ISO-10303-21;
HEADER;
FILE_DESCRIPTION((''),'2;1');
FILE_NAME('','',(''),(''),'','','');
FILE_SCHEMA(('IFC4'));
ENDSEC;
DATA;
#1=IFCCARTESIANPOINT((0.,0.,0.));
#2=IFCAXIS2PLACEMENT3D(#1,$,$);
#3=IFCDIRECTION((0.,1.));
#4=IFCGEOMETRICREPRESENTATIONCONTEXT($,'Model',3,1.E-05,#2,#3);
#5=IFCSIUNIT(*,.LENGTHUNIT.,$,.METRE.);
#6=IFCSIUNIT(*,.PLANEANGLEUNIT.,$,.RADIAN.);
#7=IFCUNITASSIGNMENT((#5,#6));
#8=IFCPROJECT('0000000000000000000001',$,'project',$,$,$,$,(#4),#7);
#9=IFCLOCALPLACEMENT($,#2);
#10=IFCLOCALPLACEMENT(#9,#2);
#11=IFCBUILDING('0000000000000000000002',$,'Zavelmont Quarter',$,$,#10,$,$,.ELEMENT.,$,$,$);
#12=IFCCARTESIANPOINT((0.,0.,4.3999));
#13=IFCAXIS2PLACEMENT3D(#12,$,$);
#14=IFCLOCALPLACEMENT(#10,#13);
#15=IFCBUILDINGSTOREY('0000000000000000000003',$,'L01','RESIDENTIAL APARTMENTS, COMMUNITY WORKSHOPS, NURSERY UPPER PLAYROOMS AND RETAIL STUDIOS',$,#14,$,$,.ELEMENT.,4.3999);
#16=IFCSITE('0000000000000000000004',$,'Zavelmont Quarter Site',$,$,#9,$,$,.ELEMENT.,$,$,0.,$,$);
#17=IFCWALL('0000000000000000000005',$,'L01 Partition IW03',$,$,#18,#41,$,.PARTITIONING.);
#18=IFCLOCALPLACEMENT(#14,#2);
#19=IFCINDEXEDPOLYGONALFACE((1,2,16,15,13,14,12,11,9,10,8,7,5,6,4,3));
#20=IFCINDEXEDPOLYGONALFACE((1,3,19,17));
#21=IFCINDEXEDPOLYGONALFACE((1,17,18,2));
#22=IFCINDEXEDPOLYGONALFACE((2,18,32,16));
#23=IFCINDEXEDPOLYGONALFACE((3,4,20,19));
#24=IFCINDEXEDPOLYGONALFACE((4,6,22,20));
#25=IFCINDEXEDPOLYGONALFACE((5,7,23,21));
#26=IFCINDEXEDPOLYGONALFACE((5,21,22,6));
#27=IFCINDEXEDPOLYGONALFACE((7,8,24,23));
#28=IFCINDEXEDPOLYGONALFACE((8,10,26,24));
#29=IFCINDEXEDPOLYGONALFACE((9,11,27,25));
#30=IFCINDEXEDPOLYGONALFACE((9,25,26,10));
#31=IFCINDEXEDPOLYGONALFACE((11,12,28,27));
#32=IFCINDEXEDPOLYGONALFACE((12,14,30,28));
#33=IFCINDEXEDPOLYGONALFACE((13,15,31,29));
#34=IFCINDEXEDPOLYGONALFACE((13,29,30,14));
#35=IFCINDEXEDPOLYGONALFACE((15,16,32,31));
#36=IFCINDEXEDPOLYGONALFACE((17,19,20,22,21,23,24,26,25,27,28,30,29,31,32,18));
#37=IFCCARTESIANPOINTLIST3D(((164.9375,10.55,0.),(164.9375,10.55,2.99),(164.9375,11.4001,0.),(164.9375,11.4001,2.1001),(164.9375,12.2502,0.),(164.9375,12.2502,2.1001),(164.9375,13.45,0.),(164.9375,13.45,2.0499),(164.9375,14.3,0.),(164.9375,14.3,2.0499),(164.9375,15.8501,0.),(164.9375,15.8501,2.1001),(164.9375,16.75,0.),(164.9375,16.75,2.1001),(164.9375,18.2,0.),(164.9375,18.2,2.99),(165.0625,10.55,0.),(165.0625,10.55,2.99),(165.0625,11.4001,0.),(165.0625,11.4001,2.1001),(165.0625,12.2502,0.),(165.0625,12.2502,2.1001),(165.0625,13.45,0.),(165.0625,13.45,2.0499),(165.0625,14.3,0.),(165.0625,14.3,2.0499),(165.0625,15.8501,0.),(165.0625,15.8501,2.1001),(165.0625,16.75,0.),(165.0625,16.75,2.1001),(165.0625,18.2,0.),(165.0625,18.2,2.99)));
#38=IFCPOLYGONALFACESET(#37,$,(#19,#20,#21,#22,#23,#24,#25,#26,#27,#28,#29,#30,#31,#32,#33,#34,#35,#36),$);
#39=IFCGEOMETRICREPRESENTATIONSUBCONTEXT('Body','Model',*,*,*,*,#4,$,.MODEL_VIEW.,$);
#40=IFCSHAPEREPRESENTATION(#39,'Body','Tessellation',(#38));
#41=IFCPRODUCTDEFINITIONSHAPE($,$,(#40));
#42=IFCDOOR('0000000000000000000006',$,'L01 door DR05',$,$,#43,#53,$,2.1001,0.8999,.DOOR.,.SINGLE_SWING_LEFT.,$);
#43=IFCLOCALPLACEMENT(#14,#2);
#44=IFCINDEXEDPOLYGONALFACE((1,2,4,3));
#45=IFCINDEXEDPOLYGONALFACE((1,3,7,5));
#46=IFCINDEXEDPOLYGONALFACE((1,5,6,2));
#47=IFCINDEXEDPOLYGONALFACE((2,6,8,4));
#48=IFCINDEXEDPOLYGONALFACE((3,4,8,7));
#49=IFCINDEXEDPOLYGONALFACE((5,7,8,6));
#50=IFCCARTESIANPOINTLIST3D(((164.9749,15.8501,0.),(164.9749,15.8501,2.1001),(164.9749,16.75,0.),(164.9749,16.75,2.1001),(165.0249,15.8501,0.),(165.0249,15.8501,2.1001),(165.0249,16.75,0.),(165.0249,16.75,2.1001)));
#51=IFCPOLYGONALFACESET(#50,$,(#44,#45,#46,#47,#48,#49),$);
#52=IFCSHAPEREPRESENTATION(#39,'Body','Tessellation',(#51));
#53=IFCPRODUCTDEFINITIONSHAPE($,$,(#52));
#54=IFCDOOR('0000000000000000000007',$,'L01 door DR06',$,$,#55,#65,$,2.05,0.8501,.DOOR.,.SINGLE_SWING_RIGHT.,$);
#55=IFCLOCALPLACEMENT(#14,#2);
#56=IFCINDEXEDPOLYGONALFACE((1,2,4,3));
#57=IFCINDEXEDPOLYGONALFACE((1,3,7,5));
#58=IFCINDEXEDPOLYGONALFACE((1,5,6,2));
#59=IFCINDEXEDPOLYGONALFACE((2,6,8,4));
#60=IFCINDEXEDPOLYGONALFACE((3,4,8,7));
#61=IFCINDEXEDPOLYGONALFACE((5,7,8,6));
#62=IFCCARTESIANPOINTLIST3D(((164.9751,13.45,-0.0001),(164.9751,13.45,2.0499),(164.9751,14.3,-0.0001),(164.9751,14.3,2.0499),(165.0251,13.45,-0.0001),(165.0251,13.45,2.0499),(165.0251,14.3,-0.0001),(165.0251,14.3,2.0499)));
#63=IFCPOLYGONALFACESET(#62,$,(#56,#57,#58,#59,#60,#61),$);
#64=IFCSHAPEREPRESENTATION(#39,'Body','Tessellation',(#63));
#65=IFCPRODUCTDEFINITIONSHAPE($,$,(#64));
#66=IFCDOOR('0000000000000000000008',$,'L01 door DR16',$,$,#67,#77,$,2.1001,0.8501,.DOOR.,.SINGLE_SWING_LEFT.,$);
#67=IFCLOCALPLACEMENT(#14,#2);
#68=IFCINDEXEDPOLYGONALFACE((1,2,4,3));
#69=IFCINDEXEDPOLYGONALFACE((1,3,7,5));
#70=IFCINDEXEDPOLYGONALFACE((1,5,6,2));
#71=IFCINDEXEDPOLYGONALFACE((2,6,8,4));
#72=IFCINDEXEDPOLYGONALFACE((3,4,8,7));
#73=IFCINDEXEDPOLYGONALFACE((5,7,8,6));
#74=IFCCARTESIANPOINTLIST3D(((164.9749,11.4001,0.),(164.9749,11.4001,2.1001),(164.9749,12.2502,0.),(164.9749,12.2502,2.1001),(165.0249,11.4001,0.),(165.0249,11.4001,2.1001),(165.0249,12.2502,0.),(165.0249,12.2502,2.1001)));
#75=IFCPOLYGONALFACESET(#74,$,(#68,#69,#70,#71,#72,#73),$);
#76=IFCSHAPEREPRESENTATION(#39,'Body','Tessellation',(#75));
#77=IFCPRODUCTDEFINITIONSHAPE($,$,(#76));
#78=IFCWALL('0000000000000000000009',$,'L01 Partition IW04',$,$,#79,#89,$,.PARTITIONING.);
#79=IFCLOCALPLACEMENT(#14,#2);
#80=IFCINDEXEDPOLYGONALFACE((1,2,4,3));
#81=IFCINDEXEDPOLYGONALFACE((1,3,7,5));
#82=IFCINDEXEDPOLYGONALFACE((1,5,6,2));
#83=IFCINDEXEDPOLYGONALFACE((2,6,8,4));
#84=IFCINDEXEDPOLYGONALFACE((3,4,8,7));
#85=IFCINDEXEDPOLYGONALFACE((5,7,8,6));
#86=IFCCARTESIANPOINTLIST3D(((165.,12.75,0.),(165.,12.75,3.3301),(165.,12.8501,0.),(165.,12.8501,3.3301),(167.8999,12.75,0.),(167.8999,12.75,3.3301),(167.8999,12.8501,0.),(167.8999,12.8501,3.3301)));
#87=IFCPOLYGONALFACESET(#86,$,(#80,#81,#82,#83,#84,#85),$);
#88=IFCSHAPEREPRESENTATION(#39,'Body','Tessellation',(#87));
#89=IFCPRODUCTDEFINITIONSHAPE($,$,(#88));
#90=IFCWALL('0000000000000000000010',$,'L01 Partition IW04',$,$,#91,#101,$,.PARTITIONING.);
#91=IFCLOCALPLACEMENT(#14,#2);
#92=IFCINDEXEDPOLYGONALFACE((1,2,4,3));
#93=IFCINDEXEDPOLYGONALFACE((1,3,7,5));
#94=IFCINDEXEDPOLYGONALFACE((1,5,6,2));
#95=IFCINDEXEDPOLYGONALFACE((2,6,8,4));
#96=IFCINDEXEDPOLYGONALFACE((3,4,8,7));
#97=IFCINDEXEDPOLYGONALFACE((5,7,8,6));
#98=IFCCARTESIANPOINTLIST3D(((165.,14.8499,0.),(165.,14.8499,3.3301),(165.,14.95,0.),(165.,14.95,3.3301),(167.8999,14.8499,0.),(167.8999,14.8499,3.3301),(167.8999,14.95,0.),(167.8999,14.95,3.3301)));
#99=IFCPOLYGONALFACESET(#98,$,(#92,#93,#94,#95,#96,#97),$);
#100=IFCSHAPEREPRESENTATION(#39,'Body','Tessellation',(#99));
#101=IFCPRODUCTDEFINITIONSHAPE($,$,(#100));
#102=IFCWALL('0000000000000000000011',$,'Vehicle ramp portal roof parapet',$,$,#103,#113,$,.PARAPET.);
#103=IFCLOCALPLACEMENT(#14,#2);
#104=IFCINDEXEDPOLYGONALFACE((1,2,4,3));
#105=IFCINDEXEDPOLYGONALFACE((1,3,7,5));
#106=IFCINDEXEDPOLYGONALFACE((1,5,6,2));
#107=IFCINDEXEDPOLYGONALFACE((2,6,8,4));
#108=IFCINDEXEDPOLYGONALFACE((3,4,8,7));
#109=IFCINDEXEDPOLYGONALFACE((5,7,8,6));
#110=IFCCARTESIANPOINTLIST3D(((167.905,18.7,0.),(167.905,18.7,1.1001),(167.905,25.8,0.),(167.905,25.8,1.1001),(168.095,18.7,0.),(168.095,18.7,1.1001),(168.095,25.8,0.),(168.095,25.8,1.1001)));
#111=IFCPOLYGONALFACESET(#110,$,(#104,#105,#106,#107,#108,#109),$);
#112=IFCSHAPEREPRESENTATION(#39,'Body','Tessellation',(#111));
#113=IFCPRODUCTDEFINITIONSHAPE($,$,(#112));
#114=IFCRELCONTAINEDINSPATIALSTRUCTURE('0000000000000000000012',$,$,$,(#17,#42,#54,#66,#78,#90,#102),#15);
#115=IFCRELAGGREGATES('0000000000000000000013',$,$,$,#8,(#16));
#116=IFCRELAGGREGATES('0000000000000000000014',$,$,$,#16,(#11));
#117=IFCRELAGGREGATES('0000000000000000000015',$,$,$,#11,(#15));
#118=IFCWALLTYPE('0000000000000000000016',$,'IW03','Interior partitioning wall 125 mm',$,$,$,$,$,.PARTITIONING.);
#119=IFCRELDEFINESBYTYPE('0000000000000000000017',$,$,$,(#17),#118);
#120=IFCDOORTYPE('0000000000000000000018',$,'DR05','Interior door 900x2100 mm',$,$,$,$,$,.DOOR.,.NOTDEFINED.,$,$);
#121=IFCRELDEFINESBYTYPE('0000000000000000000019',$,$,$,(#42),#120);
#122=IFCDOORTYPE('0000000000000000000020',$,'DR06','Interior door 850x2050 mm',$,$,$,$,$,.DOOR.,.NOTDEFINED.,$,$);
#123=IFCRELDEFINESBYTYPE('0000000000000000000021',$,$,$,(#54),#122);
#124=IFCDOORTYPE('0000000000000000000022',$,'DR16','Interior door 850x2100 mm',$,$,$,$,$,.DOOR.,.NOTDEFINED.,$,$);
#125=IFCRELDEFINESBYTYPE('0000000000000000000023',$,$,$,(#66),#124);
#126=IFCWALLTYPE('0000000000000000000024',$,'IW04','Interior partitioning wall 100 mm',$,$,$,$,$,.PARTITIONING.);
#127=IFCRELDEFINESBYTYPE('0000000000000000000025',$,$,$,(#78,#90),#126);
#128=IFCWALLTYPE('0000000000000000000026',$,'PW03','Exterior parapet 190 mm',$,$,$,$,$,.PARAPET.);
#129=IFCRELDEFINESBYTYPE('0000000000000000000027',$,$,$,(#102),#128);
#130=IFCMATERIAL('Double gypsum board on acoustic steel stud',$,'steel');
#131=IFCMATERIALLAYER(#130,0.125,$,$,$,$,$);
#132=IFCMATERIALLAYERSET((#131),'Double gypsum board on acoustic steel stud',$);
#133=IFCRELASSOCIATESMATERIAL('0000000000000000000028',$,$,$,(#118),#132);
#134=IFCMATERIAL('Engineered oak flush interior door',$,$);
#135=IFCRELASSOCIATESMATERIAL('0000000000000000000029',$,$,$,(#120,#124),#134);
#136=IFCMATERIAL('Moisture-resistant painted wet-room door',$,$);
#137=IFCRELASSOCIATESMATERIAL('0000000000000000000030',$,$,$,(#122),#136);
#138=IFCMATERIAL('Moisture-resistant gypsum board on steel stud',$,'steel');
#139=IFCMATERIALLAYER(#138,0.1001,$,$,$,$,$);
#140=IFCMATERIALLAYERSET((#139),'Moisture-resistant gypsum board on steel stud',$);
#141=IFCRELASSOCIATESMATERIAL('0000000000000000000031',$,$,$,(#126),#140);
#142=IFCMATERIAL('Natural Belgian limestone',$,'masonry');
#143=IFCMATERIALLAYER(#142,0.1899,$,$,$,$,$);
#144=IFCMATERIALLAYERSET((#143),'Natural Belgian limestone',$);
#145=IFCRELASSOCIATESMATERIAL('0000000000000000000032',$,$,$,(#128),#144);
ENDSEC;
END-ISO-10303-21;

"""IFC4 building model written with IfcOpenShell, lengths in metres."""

from ifc_helpers import new_model, si_unit, direction, frame, frame_2d, origin, origin_with_axes, place, context, subcontext, project, spatial, rectangle, extrude, material, layer, layer_set, type_object, element, fill, save


model = new_model("IFC4")

# Units and contexts
model_context = context("Model", 3, precision=1e-05, world=origin(), true_north=direction((0.0, 1.0)))
body_context = subcontext(model_context, "Body", "Model", "MODEL_VIEW")
ifc_project = project(units=[si_unit("LENGTHUNIT", "METRE"), si_unit("PLANEANGLEUNIT", "RADIAN")], contexts=[model_context])

# Site, building, storey
site_placement = place(None, origin())
site = spatial("IfcSite", under=ifc_project, at=site_placement, Name="Zavelmont Quarter Site", CompositionType="ELEMENT", RefElevation=0.0)
building_placement = place(site_placement, origin())
building = spatial("IfcBuilding", under=site, at=building_placement, Name="Zavelmont Quarter", CompositionType="ELEMENT")
storey_placement = place(building_placement, frame((0.0, 0.0, 4.3999)))
storey = spatial("IfcBuildingStorey", under=building, at=storey_placement, Name="L01", Description="RESIDENTIAL APARTMENTS, COMMUNITY WORKSHOPS, NURSERY UPPER PLAYROOMS AND RETAIL STUDIOS", CompositionType="ELEMENT", Elevation=4.3999)

# Wall, openings, doors
ifc_material_1 = material(Name="Double gypsum board on acoustic steel stud", Category="steel")
ifc_layer_1 = layer(ifc_material_1, 0.125)
ifc_layer_set_1 = layer_set([ifc_layer_1], Name="Double gypsum board on acoustic steel stud")
wall_type_1 = type_object("IfcWallType", Name="IW03", Description="Interior partitioning wall 125 mm", PredefinedType="PARTITIONING", material=ifc_layer_set_1)
wall_1_placement = place(storey_placement, frame((165.0, 10.55, 0.0), z_axis=(0.0, 0.0, 1.0), x_axis=(0.0, 1.0, 0.0)))
wall_1 = element("IfcWall", 1, at=wall_1_placement, inside=storey, type_object=wall_type_1, Name="L01 Partition IW03", PredefinedType="PARTITIONING", context=body_context, shape_type="SweptSolid", body=[
    extrude(rectangle(XDim=7.6499, YDim=0.125, at=frame_2d((3.825, 0.0))), origin(), (0.0, 0.0, 1.0), 2.99),
])
opening_1_placement = place(wall_1_placement, frame((0.8501, 0.0, 0.0)))
opening_1 = element("IfcOpeningElement", 2, at=opening_1_placement, cuts=wall_1, PredefinedType="OPENING", context=body_context, shape_type="SweptSolid", body=[
    extrude(rectangle(XDim=0.8501, YDim=2.1001, at=frame_2d((0.425, 1.05))), frame((0.0, 0.0745, 0.0), z_axis=(0.0, -1.0, 0.0), x_axis=(1.0, 0.0, 0.0)), (0.0, 0.0, 1.0), 0.1489),
])
opening_2_placement = place(wall_1_placement, frame((2.8999, 0.0, 0.0)))
opening_2 = element("IfcOpeningElement", 3, at=opening_2_placement, cuts=wall_1, PredefinedType="OPENING", context=body_context, shape_type="SweptSolid", body=[
    extrude(rectangle(XDim=0.8501, YDim=2.05, at=frame_2d((0.425, 1.0249))), frame((0.0, 0.0745, 0.0), z_axis=(0.0, -1.0, 0.0), x_axis=(1.0, 0.0, 0.0)), (0.0, 0.0, 1.0), 0.1489),
])
opening_3_placement = place(wall_1_placement, frame((5.3, 0.0, 0.0)))
opening_3 = element("IfcOpeningElement", 4, at=opening_3_placement, cuts=wall_1, PredefinedType="OPENING", context=body_context, shape_type="SweptSolid", body=[
    extrude(rectangle(XDim=0.8999, YDim=2.1001, at=frame_2d((0.45, 1.05))), frame((0.0, 0.0745, 0.0), z_axis=(0.0, -1.0, 0.0), x_axis=(1.0, 0.0, 0.0)), (0.0, 0.0, 1.0), 0.1489),
])
ifc_material_2 = material(Name="Engineered oak flush interior door")
door_type_1 = type_object("IfcDoorType", Name="DR05", Description="Interior door 900x2100 mm", OperationType="NOTDEFINED", PredefinedType="DOOR", material=ifc_material_2)
door_1_placement = place(opening_3_placement, frame((0.8999, 0.0, 0.0), z_axis=(0.0, 0.0, 1.0), x_axis=(-1.0, 0.0, 0.0)))
door_1 = element("IfcDoor", 5, at=door_1_placement, inside=storey, type_object=door_type_1, Name="L01 door DR05", OperationType="SINGLE_SWING_LEFT", OverallHeight=2.1001, OverallWidth=0.8999, PredefinedType="DOOR", context=body_context, shape_type="SweptSolid", body=[
    extrude(rectangle(XDim=0.8999, YDim=2.1001, at=frame_2d((0.45, 1.05))), frame((0.0, 0.0249, 0.0), z_axis=(0.0, -1.0, 0.0), x_axis=(1.0, 0.0, 0.0)), (0.0, 0.0, 1.0), 0.05),
])
fill(opening_3, door_1)
ifc_material_3 = material(Name="Moisture-resistant painted wet-room door")
door_type_2 = type_object("IfcDoorType", Name="DR06", Description="Interior door 850x2050 mm", OperationType="NOTDEFINED", PredefinedType="DOOR", material=ifc_material_3)
door_2_placement = place(opening_2_placement, origin_with_axes())
door_2 = element("IfcDoor", 6, at=door_2_placement, inside=storey, type_object=door_type_2, Name="L01 door DR06", OperationType="SINGLE_SWING_RIGHT", OverallHeight=2.05, OverallWidth=0.8501, PredefinedType="DOOR", context=body_context, shape_type="SweptSolid", body=[
    extrude(rectangle(XDim=0.8501, YDim=2.05, at=frame_2d((0.425, 1.0249))), frame((0.0, 0.0249, 0.0), z_axis=(0.0, -1.0, 0.0), x_axis=(1.0, 0.0, 0.0)), (0.0, 0.0, 1.0), 0.05),
])
fill(opening_2, door_2)
door_type_3 = type_object("IfcDoorType", Name="DR16", Description="Interior door 850x2100 mm", OperationType="NOTDEFINED", PredefinedType="DOOR", material=ifc_material_2)
door_3_placement = place(opening_1_placement, frame((0.8501, 0.0, 0.0), z_axis=(0.0, 0.0, 1.0), x_axis=(-1.0, 0.0, 0.0)))
door_3 = element("IfcDoor", 7, at=door_3_placement, inside=storey, type_object=door_type_3, Name="L01 door DR16", OperationType="SINGLE_SWING_LEFT", OverallHeight=2.1001, OverallWidth=0.8501, PredefinedType="DOOR", context=body_context, shape_type="SweptSolid", body=[
    extrude(rectangle(XDim=0.8501, YDim=2.1001, at=frame_2d((0.425, 1.05))), frame((0.0, 0.0249, 0.0), z_axis=(0.0, -1.0, 0.0), x_axis=(1.0, 0.0, 0.0)), (0.0, 0.0, 1.0), 0.05),
])
fill(opening_1, door_3)

# Walls
ifc_material_4 = material(Name="Moisture-resistant gypsum board on steel stud", Category="steel")
ifc_layer_2 = layer(ifc_material_4, 0.1001)
ifc_layer_set_2 = layer_set([ifc_layer_2], Name="Moisture-resistant gypsum board on steel stud")
wall_type_2 = type_object("IfcWallType", Name="IW04", Description="Interior partitioning wall 100 mm", PredefinedType="PARTITIONING", material=ifc_layer_set_2)
for number, where, z_axis, x_axis, name in (
    (8, (165.0, 12.8, 0.0), (0.0, 0.0, 1.0), (1.0, 0.0, 0.0), "L01 Partition IW04"),
    (9, (165.0, 14.8999, 0.0), (0.0, 0.0, 1.0), (1.0, 0.0, 0.0), "L01 Partition IW04"),
):
    element("IfcWall", number, at=place(storey_placement, frame(where, z_axis=z_axis, x_axis=x_axis)), inside=storey, type_object=wall_type_2, Name=name, PredefinedType="PARTITIONING", context=body_context, shape_type="SweptSolid", body=[
        extrude(rectangle(XDim=2.8999, YDim=0.1001, at=frame_2d((1.45, 0.0))), origin(), (0.0, 0.0, 1.0), 3.3301),
    ])
ifc_material_5 = material(Name="Natural Belgian limestone", Category="masonry")
ifc_layer_3 = layer(ifc_material_5, 0.1899)
ifc_layer_set_3 = layer_set([ifc_layer_3], Name="Natural Belgian limestone")
wall_type_3 = type_object("IfcWallType", Name="PW03", Description="Exterior parapet 190 mm", PredefinedType="PARAPET", material=ifc_layer_set_3)
wall_2_placement = place(storey_placement, frame((168.0, 18.7, 0.0), z_axis=(0.0, 0.0, 1.0), x_axis=(0.0, 1.0, 0.0)))
element("IfcWall", 10, at=wall_2_placement, inside=storey, type_object=wall_type_3, Name="Vehicle ramp portal roof parapet", PredefinedType="PARAPET", context=body_context, shape_type="SweptSolid", body=[
    extrude(rectangle(XDim=7.1001, YDim=0.1899, at=frame_2d((3.55, 0.0))), origin(), (0.0, 0.0, 1.0), 1.1001),
])

save(model, "model.ifc")
